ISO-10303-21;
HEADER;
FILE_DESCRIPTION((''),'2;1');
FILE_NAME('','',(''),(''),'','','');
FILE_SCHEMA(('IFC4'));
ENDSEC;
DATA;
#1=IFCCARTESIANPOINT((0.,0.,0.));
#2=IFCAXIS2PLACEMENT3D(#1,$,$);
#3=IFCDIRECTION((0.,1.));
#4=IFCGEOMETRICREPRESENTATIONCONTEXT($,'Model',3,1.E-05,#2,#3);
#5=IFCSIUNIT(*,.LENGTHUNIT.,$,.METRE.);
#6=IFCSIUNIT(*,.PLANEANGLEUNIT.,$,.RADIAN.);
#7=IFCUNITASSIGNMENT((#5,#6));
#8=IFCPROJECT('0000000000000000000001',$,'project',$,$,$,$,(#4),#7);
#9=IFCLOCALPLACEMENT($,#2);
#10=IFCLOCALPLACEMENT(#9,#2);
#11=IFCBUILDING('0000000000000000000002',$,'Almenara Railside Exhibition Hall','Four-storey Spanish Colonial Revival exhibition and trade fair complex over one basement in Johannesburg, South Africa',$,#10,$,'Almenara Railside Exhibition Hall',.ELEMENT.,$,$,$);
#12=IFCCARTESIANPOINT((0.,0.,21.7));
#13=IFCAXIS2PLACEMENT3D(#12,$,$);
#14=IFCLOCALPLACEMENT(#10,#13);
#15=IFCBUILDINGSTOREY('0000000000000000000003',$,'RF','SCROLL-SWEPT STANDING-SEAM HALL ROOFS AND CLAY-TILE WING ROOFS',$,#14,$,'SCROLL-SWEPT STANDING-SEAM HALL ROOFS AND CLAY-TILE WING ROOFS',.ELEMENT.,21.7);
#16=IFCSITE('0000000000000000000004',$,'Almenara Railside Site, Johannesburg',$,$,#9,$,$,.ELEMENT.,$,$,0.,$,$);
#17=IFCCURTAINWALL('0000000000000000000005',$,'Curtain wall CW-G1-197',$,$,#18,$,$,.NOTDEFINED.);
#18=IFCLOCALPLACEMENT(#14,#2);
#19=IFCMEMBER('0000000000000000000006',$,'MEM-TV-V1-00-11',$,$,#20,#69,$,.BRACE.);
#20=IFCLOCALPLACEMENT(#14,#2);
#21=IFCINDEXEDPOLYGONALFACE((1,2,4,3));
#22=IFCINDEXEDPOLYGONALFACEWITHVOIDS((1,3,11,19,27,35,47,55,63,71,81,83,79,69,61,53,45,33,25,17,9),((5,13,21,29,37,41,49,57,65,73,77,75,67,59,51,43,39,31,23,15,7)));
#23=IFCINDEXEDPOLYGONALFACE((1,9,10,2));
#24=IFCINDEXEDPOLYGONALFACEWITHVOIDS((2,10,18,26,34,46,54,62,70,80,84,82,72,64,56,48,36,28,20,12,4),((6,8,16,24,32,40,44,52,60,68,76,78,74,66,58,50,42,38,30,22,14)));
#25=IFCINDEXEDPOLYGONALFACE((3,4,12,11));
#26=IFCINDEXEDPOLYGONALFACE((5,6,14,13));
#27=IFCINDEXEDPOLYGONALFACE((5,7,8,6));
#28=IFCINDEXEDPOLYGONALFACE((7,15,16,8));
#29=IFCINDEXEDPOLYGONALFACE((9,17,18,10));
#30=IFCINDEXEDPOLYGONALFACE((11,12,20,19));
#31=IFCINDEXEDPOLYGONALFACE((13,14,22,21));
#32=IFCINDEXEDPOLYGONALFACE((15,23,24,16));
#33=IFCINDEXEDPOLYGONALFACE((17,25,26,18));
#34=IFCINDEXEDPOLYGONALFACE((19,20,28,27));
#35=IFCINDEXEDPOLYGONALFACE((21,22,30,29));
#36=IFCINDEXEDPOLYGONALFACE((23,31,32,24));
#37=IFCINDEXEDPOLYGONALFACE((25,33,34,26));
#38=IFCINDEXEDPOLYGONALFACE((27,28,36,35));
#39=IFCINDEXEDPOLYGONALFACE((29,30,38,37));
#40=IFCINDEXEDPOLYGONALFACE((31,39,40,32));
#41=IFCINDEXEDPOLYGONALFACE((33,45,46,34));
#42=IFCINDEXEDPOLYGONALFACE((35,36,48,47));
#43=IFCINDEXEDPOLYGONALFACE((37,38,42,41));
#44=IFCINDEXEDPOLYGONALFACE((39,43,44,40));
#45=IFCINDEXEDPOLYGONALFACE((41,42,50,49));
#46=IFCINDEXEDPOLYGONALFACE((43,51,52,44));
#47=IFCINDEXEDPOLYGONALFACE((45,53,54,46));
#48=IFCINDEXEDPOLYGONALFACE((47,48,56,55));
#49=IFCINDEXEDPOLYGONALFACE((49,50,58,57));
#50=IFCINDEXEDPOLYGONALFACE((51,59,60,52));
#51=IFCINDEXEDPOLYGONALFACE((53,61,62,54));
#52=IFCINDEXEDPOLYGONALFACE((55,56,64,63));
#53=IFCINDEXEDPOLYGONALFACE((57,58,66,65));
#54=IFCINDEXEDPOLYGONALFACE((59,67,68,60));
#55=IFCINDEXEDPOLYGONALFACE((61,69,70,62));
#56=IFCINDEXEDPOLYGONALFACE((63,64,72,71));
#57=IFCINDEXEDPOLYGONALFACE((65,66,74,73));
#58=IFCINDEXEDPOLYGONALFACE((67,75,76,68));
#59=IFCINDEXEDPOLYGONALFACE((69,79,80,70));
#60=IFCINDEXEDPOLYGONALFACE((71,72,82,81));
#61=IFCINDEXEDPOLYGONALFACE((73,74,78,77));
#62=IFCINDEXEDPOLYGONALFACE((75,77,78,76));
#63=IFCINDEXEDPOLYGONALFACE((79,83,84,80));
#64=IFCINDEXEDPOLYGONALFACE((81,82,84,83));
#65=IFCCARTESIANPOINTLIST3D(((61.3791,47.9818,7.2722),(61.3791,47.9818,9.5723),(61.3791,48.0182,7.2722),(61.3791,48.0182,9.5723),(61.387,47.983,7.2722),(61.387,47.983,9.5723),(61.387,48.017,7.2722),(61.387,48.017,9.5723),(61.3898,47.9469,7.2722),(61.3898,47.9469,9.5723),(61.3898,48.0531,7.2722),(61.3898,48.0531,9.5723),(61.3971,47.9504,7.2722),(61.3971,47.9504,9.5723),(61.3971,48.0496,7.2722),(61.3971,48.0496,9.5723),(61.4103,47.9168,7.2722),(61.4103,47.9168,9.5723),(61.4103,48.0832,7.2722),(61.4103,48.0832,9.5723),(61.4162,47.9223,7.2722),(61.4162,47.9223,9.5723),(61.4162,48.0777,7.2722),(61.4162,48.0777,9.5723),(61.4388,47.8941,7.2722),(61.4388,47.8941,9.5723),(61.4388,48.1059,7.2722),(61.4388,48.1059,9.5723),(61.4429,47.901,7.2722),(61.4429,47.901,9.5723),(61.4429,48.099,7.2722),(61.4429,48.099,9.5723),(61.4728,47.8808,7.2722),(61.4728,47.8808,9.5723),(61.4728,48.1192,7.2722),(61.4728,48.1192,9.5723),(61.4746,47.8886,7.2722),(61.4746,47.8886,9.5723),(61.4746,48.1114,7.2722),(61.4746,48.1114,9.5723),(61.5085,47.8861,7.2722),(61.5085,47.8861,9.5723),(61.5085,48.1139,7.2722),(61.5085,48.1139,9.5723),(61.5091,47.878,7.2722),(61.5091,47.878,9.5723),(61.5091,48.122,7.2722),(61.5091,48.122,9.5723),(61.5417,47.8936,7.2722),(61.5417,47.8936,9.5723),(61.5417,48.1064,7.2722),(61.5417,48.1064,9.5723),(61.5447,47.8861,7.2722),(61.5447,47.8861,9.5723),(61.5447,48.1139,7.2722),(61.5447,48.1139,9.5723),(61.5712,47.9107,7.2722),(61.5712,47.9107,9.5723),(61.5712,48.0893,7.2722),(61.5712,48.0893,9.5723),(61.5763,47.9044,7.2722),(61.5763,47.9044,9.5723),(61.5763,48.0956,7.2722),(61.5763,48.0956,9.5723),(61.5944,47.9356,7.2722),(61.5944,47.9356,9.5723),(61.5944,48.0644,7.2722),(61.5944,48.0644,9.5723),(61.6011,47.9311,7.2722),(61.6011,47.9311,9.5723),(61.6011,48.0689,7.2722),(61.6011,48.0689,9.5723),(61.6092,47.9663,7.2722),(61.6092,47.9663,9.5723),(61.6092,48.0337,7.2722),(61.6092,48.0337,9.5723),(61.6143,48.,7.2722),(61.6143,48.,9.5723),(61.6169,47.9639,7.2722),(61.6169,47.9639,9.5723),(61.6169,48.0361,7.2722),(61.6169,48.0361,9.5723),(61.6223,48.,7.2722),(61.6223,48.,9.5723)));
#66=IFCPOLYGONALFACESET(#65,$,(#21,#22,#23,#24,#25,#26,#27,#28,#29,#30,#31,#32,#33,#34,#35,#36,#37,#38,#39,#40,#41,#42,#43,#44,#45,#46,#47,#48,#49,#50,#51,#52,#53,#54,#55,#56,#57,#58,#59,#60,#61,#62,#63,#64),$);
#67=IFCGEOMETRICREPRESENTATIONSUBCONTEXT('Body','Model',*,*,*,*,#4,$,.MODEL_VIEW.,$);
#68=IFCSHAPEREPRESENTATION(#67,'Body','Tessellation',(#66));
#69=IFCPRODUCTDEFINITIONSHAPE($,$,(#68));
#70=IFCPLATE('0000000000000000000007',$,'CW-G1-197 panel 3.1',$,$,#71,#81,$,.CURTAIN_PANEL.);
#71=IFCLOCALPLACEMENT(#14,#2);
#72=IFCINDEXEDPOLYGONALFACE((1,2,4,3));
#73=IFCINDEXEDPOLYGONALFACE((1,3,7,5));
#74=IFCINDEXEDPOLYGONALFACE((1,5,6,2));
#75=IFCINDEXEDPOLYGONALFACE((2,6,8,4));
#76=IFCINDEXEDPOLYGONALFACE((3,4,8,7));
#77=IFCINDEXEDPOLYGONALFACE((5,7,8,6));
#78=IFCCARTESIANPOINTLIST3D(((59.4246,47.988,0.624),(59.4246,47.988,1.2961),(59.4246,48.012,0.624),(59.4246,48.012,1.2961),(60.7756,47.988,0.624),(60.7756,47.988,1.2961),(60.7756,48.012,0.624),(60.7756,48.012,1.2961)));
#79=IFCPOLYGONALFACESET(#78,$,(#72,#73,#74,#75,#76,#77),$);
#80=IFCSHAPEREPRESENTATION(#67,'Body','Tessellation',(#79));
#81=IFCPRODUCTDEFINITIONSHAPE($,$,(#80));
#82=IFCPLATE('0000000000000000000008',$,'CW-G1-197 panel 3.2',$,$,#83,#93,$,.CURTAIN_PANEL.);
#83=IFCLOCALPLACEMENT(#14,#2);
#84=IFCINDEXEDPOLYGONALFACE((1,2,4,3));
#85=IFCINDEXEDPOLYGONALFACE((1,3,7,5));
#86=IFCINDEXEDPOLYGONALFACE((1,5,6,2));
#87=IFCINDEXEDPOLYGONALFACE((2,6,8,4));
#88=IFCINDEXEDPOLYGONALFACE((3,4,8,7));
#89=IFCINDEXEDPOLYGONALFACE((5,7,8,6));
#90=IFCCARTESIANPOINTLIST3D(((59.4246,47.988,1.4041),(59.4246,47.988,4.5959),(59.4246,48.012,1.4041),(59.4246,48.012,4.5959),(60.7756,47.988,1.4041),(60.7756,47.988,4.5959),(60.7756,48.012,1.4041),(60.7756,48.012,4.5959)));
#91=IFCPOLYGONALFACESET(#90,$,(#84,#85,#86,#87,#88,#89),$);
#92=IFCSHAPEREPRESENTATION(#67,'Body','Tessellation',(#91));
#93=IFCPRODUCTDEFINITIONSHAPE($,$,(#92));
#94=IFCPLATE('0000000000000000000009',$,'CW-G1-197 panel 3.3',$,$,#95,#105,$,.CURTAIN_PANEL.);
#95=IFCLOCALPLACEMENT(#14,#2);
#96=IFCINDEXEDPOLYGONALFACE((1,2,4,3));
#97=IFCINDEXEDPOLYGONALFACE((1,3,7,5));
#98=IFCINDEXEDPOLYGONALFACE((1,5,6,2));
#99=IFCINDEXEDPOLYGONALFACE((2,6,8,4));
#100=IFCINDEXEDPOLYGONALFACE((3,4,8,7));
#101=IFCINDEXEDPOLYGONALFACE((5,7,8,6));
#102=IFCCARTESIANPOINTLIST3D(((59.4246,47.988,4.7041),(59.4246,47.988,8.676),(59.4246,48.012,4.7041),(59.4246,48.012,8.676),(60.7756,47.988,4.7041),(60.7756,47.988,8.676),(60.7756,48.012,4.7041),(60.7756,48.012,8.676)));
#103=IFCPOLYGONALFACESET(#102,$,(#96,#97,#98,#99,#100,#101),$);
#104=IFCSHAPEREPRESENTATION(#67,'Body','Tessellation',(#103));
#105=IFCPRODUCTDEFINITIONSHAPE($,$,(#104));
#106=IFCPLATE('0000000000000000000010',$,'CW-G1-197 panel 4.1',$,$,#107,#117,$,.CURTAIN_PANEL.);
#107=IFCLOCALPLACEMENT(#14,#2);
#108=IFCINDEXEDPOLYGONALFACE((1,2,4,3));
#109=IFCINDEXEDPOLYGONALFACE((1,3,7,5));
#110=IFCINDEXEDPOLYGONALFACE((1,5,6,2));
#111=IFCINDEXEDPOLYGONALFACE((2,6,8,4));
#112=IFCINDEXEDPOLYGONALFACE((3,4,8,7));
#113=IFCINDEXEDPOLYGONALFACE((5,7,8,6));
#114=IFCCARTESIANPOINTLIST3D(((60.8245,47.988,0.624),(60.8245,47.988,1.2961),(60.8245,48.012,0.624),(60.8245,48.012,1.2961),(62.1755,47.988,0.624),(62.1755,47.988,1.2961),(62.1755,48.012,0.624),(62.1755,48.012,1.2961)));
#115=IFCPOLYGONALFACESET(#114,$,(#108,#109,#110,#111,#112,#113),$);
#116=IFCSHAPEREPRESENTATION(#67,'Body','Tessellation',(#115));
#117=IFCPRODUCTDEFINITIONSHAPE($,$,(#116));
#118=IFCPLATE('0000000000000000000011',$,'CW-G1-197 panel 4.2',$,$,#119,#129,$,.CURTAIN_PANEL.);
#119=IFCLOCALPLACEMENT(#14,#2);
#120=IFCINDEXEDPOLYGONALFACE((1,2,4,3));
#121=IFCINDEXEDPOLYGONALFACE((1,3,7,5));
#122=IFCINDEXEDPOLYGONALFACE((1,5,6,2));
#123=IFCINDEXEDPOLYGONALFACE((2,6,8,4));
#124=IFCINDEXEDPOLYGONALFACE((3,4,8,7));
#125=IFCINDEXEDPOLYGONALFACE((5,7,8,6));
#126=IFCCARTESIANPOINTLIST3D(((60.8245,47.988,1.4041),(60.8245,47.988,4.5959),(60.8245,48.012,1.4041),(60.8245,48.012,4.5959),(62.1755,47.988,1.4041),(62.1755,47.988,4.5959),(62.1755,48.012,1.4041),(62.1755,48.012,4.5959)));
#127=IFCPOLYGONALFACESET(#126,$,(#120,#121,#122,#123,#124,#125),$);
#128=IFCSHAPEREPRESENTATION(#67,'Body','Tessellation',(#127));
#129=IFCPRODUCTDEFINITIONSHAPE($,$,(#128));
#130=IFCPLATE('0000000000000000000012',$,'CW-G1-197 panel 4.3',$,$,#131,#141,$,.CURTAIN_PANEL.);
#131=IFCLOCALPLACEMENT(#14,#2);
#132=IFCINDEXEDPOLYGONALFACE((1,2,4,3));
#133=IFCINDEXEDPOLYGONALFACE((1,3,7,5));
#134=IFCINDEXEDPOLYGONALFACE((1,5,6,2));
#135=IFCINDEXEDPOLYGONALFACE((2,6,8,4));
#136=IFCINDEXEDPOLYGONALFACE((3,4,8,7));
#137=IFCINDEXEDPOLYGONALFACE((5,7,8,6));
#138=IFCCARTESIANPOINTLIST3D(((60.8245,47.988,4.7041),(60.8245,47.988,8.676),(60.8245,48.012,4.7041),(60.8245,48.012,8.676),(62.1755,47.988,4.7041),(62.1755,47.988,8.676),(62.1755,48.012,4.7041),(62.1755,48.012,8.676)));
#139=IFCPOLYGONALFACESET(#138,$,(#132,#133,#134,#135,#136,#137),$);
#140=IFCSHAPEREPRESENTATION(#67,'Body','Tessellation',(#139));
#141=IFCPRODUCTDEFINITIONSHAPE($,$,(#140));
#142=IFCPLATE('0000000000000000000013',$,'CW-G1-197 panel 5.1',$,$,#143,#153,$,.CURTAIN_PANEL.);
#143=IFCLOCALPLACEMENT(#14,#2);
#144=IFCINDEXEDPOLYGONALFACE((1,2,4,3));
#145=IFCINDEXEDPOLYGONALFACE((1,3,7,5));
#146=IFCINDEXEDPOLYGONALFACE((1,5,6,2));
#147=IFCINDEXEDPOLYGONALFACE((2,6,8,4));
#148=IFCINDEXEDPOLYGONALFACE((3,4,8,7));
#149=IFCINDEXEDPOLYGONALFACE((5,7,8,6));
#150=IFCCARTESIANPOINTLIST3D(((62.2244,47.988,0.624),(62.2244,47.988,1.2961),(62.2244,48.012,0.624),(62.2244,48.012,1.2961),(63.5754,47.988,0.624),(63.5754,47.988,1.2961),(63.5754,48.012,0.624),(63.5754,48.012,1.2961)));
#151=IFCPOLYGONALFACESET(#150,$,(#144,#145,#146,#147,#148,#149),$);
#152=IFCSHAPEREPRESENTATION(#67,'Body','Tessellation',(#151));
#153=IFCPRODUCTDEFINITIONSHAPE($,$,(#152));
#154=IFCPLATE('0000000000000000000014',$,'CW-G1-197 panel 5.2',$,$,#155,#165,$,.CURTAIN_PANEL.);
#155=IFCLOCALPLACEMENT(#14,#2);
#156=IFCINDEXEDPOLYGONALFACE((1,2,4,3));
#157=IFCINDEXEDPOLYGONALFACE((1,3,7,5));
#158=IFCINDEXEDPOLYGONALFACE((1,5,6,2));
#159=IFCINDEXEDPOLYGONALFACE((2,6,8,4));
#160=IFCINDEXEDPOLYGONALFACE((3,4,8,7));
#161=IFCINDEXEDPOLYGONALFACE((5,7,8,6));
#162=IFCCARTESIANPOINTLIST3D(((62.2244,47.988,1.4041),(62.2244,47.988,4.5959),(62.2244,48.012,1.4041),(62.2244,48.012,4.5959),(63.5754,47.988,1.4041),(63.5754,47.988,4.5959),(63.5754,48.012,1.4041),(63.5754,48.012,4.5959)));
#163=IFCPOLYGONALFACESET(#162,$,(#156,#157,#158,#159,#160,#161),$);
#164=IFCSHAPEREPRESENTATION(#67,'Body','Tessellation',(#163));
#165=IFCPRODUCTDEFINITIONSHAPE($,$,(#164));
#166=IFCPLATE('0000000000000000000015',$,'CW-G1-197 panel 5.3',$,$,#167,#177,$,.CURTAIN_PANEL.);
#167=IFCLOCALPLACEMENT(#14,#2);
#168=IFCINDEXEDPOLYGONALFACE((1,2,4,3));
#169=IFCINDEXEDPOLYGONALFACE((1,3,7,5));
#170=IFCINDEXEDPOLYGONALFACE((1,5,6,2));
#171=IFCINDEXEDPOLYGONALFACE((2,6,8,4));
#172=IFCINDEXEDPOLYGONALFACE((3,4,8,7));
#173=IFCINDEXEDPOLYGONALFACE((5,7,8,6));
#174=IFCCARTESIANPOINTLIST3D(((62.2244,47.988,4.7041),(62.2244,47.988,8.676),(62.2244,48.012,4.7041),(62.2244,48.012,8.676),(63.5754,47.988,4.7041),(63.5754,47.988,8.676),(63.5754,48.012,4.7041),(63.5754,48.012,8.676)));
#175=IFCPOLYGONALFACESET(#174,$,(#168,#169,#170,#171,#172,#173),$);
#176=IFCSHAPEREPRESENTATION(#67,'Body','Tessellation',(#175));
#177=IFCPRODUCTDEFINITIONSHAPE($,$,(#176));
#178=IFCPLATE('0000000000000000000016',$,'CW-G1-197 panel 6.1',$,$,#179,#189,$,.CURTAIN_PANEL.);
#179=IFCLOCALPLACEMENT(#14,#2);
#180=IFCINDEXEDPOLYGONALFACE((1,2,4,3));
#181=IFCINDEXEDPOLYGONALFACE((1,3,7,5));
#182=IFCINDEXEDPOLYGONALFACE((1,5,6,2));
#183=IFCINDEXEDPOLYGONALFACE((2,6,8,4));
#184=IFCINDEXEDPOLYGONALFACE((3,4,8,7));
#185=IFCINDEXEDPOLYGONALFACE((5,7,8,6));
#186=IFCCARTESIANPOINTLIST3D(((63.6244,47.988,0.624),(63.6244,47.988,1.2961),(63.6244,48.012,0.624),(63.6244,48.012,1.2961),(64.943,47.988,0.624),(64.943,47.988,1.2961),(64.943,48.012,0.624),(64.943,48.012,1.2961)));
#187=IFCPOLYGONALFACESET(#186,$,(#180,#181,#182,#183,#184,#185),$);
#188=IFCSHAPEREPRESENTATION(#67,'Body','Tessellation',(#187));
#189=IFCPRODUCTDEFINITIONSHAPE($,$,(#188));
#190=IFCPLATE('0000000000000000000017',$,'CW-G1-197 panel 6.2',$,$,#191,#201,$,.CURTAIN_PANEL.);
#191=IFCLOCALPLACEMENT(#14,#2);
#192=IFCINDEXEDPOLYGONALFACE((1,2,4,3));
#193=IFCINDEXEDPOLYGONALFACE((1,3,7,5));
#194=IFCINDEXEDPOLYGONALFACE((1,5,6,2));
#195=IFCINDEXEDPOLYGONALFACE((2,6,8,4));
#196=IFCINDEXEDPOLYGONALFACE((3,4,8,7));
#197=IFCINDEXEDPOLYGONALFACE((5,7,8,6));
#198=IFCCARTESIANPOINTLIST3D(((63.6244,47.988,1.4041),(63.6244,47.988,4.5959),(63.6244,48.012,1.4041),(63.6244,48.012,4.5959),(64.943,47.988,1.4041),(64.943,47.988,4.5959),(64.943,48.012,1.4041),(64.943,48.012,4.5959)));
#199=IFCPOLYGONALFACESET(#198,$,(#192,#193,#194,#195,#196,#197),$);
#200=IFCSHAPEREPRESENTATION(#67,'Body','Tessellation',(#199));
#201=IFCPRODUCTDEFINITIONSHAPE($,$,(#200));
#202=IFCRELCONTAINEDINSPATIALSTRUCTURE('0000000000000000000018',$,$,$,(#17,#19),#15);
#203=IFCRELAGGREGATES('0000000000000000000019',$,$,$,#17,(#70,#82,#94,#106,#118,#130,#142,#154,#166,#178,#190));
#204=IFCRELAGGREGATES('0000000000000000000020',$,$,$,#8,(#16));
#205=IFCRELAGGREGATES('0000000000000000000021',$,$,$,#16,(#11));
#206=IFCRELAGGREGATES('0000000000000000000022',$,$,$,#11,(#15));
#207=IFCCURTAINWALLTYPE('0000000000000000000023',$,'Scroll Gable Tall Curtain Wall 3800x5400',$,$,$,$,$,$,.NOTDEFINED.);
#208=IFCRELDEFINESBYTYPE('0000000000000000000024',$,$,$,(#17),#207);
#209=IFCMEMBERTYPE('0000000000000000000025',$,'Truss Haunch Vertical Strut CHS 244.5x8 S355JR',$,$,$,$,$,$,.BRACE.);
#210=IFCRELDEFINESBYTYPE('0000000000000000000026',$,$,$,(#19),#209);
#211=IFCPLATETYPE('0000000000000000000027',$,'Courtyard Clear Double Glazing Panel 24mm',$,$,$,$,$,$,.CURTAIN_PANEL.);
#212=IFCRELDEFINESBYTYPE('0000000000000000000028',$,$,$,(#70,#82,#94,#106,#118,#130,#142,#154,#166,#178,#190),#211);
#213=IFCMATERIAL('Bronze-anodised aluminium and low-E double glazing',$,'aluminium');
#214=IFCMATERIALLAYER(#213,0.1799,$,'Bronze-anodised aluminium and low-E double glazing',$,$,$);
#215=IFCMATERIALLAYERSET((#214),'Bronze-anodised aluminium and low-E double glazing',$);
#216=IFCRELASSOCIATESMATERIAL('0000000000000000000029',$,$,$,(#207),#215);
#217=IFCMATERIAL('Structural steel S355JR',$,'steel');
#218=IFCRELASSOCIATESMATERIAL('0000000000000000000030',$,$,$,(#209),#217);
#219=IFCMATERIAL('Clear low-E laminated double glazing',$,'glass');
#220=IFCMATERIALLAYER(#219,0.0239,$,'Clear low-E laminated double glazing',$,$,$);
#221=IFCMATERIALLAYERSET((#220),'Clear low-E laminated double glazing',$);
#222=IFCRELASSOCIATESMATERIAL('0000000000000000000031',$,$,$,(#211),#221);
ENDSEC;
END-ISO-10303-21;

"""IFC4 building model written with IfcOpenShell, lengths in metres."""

from ifc_helpers import new_model, si_unit, direction, frame, origin, origin_2d, place, context, subcontext, project, spatial, rectangle, hollow_circle, extrude, material, layer, layer_set, material_profile, profile_set, type_object, element, aggregate, save


model = new_model("IFC4")

# Units and contexts
model_context = context("Model", 3, precision=1e-05, world=origin(), true_north=direction((0.0, 1.0)))
body_context = subcontext(model_context, "Body", "Model", "MODEL_VIEW")
ifc_project = project(units=[si_unit("LENGTHUNIT", "METRE"), si_unit("PLANEANGLEUNIT", "RADIAN")], contexts=[model_context])

# Site, building, storey
site_placement = place(None, origin())
site = spatial("IfcSite", under=ifc_project, at=site_placement, Name="Almenara Railside Site, Johannesburg", CompositionType="ELEMENT", RefElevation=0.0)
building_placement = place(site_placement, origin())
building = spatial("IfcBuilding", under=site, at=building_placement, Name="Almenara Railside Exhibition Hall", Description="Four-storey Spanish Colonial Revival exhibition and trade fair complex over one basement in Johannesburg, South Africa", LongName="Almenara Railside Exhibition Hall", CompositionType="ELEMENT")
storey_placement = place(building_placement, frame((0.0, 0.0, 21.7)))
storey = spatial("IfcBuildingStorey", under=building, at=storey_placement, Name="RF", Description="SCROLL-SWEPT STANDING-SEAM HALL ROOFS AND CLAY-TILE WING ROOFS", LongName="SCROLL-SWEPT STANDING-SEAM HALL ROOFS AND CLAY-TILE WING ROOFS", CompositionType="ELEMENT", Elevation=21.7)

# Shared definitions
ifc_material_1 = material(Name="Structural steel S355JR", Category="steel")

# Curtain wall
ifc_material_2 = material(Name="Bronze-anodised aluminium and low-E double glazing", Category="aluminium")
ifc_layer_1 = layer(ifc_material_2, 0.1799, Name="Bronze-anodised aluminium and low-E double glazing")
ifc_layer_set_1 = layer_set([ifc_layer_1], Name="Bronze-anodised aluminium and low-E double glazing")
curtain_wall_type = type_object("IfcCurtainWallType", Name="Scroll Gable Tall Curtain Wall 3800x5400", PredefinedType="NOTDEFINED", material=ifc_layer_set_1)
curtain_wall_placement = place(storey_placement, origin())
curtain_wall = element("IfcCurtainWall", 1, at=curtain_wall_placement, inside=storey, type_object=curtain_wall_type, Name="Curtain wall CW-G1-197", PredefinedType="NOTDEFINED")

# Member
ifc_material_profile_1 = material_profile(ifc_material_1, hollow_circle(Radius=0.1223, WallThickness=0.0081, at=origin_2d()), Name="CHS 244.5x8")
ifc_profile_set_1 = profile_set([ifc_material_profile_1], Name="Structural steel S355JR")
member_type_1 = type_object("IfcMemberType", Name="Truss Haunch Vertical Strut CHS 244.5x8 S355JR", PredefinedType="BRACE", material=ifc_profile_set_1)
member_1_placement = place(storey_placement, frame((61.5, 48.0, 7.2722), z_axis=(0.0, 0.0, 1.0), x_axis=(1.0, 0.0, 0.0)))
element("IfcMember", 2, at=member_1_placement, inside=storey, type_object=member_type_1, Name="MEM-TV-V1-00-11", PredefinedType="BRACE", context=body_context, shape_type="SweptSolid", body=[
    extrude(hollow_circle(Radius=0.1223, WallThickness=0.0081, at=origin_2d()), origin(), (0.0, 0.0, 1.0), 2.3),
])

# Plates
ifc_material_3 = material(Name="Clear low-E laminated double glazing", Category="glass")
ifc_layer_2 = layer(ifc_material_3, 0.0239, Name="Clear low-E laminated double glazing")
ifc_layer_set_2 = layer_set([ifc_layer_2], Name="Clear low-E laminated double glazing")
plate_type = type_object("IfcPlateType", Name="Courtyard Clear Double Glazing Panel 24mm", PredefinedType="CURTAIN_PANEL", material=ifc_layer_set_2)
plate_1_placement = place(storey_placement, frame((60.1001, 48.0, 0.624), z_axis=(0.0, 0.0, 1.0), x_axis=(1.0, 0.0, 0.0)))
plate_1 = element("IfcPlate", 3, at=plate_1_placement, type_object=plate_type, Name="CW-G1-197 panel 3.1", PredefinedType="CURTAIN_PANEL", context=body_context, shape_type="SweptSolid", body=[
    extrude(rectangle(XDim=1.3511, YDim=0.0239, at=origin_2d()), origin(), (0.0, 0.0, 1.0), 0.6721),
])
plate_2_placement = place(storey_placement, frame((60.1001, 48.0, 1.4041), z_axis=(0.0, 0.0, 1.0), x_axis=(1.0, 0.0, 0.0)))
plate_2 = element("IfcPlate", 4, at=plate_2_placement, type_object=plate_type, Name="CW-G1-197 panel 3.2", PredefinedType="CURTAIN_PANEL", context=body_context, shape_type="SweptSolid", body=[
    extrude(rectangle(XDim=1.3511, YDim=0.0239, at=origin_2d()), origin(), (0.0, 0.0, 1.0), 3.1919),
])
plate_3_placement = place(storey_placement, frame((60.1001, 48.0, 4.7041), z_axis=(0.0, 0.0, 1.0), x_axis=(1.0, 0.0, 0.0)))
plate_3 = element("IfcPlate", 5, at=plate_3_placement, type_object=plate_type, Name="CW-G1-197 panel 3.3", PredefinedType="CURTAIN_PANEL", context=body_context, shape_type="SweptSolid", body=[
    extrude(rectangle(XDim=1.3511, YDim=0.0239, at=origin_2d()), origin(), (0.0, 0.0, 1.0), 3.9719),
])
plate_4_placement = place(storey_placement, frame((61.5, 48.0, 0.624), z_axis=(0.0, 0.0, 1.0), x_axis=(1.0, 0.0, 0.0)))
plate_4 = element("IfcPlate", 6, at=plate_4_placement, type_object=plate_type, Name="CW-G1-197 panel 4.1", PredefinedType="CURTAIN_PANEL", context=body_context, shape_type="SweptSolid", body=[
    extrude(rectangle(XDim=1.3511, YDim=0.0239, at=origin_2d()), origin(), (0.0, 0.0, 1.0), 0.6721),
])
plate_5_placement = place(storey_placement, frame((61.5, 48.0, 1.4041), z_axis=(0.0, 0.0, 1.0), x_axis=(1.0, 0.0, 0.0)))
plate_5 = element("IfcPlate", 7, at=plate_5_placement, type_object=plate_type, Name="CW-G1-197 panel 4.2", PredefinedType="CURTAIN_PANEL", context=body_context, shape_type="SweptSolid", body=[
    extrude(rectangle(XDim=1.3511, YDim=0.0239, at=origin_2d()), origin(), (0.0, 0.0, 1.0), 3.1919),
])
plate_6_placement = place(storey_placement, frame((61.5, 48.0, 4.7041), z_axis=(0.0, 0.0, 1.0), x_axis=(1.0, 0.0, 0.0)))
plate_6 = element("IfcPlate", 8, at=plate_6_placement, type_object=plate_type, Name="CW-G1-197 panel 4.3", PredefinedType="CURTAIN_PANEL", context=body_context, shape_type="SweptSolid", body=[
    extrude(rectangle(XDim=1.3511, YDim=0.0239, at=origin_2d()), origin(), (0.0, 0.0, 1.0), 3.9719),
])
plate_7_placement = place(storey_placement, frame((62.8999, 48.0, 0.624), z_axis=(0.0, 0.0, 1.0), x_axis=(1.0, 0.0, 0.0)))
plate_7 = element("IfcPlate", 9, at=plate_7_placement, type_object=plate_type, Name="CW-G1-197 panel 5.1", PredefinedType="CURTAIN_PANEL", context=body_context, shape_type="SweptSolid", body=[
    extrude(rectangle(XDim=1.3511, YDim=0.0239, at=origin_2d()), origin(), (0.0, 0.0, 1.0), 0.6721),
])
plate_8_placement = place(storey_placement, frame((62.8999, 48.0, 1.4041), z_axis=(0.0, 0.0, 1.0), x_axis=(1.0, 0.0, 0.0)))
plate_8 = element("IfcPlate", 10, at=plate_8_placement, type_object=plate_type, Name="CW-G1-197 panel 5.2", PredefinedType="CURTAIN_PANEL", context=body_context, shape_type="SweptSolid", body=[
    extrude(rectangle(XDim=1.3511, YDim=0.0239, at=origin_2d()), origin(), (0.0, 0.0, 1.0), 3.1919),
])
plate_9_placement = place(storey_placement, frame((62.8999, 48.0, 4.7041), z_axis=(0.0, 0.0, 1.0), x_axis=(1.0, 0.0, 0.0)))
plate_9 = element("IfcPlate", 11, at=plate_9_placement, type_object=plate_type, Name="CW-G1-197 panel 5.3", PredefinedType="CURTAIN_PANEL", context=body_context, shape_type="SweptSolid", body=[
    extrude(rectangle(XDim=1.3511, YDim=0.0239, at=origin_2d()), origin(), (0.0, 0.0, 1.0), 3.9719),
])
plate_10_placement = place(storey_placement, frame((64.2837, 48.0, 0.624), z_axis=(0.0, 0.0, 1.0), x_axis=(1.0, 0.0, 0.0)))
plate_10 = element("IfcPlate", 12, at=plate_10_placement, type_object=plate_type, Name="CW-G1-197 panel 6.1", PredefinedType="CURTAIN_PANEL", context=body_context, shape_type="SweptSolid", body=[
    extrude(rectangle(XDim=1.3186, YDim=0.0239, at=origin_2d()), origin(), (0.0, 0.0, 1.0), 0.6721),
])
plate_11_placement = place(storey_placement, frame((64.2837, 48.0, 1.4041), z_axis=(0.0, 0.0, 1.0), x_axis=(1.0, 0.0, 0.0)))
plate_11 = element("IfcPlate", 13, at=plate_11_placement, type_object=plate_type, Name="CW-G1-197 panel 6.2", PredefinedType="CURTAIN_PANEL", context=body_context, shape_type="SweptSolid", body=[
    extrude(rectangle(XDim=1.3186, YDim=0.0239, at=origin_2d()), origin(), (0.0, 0.0, 1.0), 3.1919),
])
aggregate(curtain_wall, [plate_1, plate_2, plate_3, plate_4, plate_5, plate_6, plate_7, plate_8, plate_9, plate_10, plate_11])

save(model, "model.ifc")
